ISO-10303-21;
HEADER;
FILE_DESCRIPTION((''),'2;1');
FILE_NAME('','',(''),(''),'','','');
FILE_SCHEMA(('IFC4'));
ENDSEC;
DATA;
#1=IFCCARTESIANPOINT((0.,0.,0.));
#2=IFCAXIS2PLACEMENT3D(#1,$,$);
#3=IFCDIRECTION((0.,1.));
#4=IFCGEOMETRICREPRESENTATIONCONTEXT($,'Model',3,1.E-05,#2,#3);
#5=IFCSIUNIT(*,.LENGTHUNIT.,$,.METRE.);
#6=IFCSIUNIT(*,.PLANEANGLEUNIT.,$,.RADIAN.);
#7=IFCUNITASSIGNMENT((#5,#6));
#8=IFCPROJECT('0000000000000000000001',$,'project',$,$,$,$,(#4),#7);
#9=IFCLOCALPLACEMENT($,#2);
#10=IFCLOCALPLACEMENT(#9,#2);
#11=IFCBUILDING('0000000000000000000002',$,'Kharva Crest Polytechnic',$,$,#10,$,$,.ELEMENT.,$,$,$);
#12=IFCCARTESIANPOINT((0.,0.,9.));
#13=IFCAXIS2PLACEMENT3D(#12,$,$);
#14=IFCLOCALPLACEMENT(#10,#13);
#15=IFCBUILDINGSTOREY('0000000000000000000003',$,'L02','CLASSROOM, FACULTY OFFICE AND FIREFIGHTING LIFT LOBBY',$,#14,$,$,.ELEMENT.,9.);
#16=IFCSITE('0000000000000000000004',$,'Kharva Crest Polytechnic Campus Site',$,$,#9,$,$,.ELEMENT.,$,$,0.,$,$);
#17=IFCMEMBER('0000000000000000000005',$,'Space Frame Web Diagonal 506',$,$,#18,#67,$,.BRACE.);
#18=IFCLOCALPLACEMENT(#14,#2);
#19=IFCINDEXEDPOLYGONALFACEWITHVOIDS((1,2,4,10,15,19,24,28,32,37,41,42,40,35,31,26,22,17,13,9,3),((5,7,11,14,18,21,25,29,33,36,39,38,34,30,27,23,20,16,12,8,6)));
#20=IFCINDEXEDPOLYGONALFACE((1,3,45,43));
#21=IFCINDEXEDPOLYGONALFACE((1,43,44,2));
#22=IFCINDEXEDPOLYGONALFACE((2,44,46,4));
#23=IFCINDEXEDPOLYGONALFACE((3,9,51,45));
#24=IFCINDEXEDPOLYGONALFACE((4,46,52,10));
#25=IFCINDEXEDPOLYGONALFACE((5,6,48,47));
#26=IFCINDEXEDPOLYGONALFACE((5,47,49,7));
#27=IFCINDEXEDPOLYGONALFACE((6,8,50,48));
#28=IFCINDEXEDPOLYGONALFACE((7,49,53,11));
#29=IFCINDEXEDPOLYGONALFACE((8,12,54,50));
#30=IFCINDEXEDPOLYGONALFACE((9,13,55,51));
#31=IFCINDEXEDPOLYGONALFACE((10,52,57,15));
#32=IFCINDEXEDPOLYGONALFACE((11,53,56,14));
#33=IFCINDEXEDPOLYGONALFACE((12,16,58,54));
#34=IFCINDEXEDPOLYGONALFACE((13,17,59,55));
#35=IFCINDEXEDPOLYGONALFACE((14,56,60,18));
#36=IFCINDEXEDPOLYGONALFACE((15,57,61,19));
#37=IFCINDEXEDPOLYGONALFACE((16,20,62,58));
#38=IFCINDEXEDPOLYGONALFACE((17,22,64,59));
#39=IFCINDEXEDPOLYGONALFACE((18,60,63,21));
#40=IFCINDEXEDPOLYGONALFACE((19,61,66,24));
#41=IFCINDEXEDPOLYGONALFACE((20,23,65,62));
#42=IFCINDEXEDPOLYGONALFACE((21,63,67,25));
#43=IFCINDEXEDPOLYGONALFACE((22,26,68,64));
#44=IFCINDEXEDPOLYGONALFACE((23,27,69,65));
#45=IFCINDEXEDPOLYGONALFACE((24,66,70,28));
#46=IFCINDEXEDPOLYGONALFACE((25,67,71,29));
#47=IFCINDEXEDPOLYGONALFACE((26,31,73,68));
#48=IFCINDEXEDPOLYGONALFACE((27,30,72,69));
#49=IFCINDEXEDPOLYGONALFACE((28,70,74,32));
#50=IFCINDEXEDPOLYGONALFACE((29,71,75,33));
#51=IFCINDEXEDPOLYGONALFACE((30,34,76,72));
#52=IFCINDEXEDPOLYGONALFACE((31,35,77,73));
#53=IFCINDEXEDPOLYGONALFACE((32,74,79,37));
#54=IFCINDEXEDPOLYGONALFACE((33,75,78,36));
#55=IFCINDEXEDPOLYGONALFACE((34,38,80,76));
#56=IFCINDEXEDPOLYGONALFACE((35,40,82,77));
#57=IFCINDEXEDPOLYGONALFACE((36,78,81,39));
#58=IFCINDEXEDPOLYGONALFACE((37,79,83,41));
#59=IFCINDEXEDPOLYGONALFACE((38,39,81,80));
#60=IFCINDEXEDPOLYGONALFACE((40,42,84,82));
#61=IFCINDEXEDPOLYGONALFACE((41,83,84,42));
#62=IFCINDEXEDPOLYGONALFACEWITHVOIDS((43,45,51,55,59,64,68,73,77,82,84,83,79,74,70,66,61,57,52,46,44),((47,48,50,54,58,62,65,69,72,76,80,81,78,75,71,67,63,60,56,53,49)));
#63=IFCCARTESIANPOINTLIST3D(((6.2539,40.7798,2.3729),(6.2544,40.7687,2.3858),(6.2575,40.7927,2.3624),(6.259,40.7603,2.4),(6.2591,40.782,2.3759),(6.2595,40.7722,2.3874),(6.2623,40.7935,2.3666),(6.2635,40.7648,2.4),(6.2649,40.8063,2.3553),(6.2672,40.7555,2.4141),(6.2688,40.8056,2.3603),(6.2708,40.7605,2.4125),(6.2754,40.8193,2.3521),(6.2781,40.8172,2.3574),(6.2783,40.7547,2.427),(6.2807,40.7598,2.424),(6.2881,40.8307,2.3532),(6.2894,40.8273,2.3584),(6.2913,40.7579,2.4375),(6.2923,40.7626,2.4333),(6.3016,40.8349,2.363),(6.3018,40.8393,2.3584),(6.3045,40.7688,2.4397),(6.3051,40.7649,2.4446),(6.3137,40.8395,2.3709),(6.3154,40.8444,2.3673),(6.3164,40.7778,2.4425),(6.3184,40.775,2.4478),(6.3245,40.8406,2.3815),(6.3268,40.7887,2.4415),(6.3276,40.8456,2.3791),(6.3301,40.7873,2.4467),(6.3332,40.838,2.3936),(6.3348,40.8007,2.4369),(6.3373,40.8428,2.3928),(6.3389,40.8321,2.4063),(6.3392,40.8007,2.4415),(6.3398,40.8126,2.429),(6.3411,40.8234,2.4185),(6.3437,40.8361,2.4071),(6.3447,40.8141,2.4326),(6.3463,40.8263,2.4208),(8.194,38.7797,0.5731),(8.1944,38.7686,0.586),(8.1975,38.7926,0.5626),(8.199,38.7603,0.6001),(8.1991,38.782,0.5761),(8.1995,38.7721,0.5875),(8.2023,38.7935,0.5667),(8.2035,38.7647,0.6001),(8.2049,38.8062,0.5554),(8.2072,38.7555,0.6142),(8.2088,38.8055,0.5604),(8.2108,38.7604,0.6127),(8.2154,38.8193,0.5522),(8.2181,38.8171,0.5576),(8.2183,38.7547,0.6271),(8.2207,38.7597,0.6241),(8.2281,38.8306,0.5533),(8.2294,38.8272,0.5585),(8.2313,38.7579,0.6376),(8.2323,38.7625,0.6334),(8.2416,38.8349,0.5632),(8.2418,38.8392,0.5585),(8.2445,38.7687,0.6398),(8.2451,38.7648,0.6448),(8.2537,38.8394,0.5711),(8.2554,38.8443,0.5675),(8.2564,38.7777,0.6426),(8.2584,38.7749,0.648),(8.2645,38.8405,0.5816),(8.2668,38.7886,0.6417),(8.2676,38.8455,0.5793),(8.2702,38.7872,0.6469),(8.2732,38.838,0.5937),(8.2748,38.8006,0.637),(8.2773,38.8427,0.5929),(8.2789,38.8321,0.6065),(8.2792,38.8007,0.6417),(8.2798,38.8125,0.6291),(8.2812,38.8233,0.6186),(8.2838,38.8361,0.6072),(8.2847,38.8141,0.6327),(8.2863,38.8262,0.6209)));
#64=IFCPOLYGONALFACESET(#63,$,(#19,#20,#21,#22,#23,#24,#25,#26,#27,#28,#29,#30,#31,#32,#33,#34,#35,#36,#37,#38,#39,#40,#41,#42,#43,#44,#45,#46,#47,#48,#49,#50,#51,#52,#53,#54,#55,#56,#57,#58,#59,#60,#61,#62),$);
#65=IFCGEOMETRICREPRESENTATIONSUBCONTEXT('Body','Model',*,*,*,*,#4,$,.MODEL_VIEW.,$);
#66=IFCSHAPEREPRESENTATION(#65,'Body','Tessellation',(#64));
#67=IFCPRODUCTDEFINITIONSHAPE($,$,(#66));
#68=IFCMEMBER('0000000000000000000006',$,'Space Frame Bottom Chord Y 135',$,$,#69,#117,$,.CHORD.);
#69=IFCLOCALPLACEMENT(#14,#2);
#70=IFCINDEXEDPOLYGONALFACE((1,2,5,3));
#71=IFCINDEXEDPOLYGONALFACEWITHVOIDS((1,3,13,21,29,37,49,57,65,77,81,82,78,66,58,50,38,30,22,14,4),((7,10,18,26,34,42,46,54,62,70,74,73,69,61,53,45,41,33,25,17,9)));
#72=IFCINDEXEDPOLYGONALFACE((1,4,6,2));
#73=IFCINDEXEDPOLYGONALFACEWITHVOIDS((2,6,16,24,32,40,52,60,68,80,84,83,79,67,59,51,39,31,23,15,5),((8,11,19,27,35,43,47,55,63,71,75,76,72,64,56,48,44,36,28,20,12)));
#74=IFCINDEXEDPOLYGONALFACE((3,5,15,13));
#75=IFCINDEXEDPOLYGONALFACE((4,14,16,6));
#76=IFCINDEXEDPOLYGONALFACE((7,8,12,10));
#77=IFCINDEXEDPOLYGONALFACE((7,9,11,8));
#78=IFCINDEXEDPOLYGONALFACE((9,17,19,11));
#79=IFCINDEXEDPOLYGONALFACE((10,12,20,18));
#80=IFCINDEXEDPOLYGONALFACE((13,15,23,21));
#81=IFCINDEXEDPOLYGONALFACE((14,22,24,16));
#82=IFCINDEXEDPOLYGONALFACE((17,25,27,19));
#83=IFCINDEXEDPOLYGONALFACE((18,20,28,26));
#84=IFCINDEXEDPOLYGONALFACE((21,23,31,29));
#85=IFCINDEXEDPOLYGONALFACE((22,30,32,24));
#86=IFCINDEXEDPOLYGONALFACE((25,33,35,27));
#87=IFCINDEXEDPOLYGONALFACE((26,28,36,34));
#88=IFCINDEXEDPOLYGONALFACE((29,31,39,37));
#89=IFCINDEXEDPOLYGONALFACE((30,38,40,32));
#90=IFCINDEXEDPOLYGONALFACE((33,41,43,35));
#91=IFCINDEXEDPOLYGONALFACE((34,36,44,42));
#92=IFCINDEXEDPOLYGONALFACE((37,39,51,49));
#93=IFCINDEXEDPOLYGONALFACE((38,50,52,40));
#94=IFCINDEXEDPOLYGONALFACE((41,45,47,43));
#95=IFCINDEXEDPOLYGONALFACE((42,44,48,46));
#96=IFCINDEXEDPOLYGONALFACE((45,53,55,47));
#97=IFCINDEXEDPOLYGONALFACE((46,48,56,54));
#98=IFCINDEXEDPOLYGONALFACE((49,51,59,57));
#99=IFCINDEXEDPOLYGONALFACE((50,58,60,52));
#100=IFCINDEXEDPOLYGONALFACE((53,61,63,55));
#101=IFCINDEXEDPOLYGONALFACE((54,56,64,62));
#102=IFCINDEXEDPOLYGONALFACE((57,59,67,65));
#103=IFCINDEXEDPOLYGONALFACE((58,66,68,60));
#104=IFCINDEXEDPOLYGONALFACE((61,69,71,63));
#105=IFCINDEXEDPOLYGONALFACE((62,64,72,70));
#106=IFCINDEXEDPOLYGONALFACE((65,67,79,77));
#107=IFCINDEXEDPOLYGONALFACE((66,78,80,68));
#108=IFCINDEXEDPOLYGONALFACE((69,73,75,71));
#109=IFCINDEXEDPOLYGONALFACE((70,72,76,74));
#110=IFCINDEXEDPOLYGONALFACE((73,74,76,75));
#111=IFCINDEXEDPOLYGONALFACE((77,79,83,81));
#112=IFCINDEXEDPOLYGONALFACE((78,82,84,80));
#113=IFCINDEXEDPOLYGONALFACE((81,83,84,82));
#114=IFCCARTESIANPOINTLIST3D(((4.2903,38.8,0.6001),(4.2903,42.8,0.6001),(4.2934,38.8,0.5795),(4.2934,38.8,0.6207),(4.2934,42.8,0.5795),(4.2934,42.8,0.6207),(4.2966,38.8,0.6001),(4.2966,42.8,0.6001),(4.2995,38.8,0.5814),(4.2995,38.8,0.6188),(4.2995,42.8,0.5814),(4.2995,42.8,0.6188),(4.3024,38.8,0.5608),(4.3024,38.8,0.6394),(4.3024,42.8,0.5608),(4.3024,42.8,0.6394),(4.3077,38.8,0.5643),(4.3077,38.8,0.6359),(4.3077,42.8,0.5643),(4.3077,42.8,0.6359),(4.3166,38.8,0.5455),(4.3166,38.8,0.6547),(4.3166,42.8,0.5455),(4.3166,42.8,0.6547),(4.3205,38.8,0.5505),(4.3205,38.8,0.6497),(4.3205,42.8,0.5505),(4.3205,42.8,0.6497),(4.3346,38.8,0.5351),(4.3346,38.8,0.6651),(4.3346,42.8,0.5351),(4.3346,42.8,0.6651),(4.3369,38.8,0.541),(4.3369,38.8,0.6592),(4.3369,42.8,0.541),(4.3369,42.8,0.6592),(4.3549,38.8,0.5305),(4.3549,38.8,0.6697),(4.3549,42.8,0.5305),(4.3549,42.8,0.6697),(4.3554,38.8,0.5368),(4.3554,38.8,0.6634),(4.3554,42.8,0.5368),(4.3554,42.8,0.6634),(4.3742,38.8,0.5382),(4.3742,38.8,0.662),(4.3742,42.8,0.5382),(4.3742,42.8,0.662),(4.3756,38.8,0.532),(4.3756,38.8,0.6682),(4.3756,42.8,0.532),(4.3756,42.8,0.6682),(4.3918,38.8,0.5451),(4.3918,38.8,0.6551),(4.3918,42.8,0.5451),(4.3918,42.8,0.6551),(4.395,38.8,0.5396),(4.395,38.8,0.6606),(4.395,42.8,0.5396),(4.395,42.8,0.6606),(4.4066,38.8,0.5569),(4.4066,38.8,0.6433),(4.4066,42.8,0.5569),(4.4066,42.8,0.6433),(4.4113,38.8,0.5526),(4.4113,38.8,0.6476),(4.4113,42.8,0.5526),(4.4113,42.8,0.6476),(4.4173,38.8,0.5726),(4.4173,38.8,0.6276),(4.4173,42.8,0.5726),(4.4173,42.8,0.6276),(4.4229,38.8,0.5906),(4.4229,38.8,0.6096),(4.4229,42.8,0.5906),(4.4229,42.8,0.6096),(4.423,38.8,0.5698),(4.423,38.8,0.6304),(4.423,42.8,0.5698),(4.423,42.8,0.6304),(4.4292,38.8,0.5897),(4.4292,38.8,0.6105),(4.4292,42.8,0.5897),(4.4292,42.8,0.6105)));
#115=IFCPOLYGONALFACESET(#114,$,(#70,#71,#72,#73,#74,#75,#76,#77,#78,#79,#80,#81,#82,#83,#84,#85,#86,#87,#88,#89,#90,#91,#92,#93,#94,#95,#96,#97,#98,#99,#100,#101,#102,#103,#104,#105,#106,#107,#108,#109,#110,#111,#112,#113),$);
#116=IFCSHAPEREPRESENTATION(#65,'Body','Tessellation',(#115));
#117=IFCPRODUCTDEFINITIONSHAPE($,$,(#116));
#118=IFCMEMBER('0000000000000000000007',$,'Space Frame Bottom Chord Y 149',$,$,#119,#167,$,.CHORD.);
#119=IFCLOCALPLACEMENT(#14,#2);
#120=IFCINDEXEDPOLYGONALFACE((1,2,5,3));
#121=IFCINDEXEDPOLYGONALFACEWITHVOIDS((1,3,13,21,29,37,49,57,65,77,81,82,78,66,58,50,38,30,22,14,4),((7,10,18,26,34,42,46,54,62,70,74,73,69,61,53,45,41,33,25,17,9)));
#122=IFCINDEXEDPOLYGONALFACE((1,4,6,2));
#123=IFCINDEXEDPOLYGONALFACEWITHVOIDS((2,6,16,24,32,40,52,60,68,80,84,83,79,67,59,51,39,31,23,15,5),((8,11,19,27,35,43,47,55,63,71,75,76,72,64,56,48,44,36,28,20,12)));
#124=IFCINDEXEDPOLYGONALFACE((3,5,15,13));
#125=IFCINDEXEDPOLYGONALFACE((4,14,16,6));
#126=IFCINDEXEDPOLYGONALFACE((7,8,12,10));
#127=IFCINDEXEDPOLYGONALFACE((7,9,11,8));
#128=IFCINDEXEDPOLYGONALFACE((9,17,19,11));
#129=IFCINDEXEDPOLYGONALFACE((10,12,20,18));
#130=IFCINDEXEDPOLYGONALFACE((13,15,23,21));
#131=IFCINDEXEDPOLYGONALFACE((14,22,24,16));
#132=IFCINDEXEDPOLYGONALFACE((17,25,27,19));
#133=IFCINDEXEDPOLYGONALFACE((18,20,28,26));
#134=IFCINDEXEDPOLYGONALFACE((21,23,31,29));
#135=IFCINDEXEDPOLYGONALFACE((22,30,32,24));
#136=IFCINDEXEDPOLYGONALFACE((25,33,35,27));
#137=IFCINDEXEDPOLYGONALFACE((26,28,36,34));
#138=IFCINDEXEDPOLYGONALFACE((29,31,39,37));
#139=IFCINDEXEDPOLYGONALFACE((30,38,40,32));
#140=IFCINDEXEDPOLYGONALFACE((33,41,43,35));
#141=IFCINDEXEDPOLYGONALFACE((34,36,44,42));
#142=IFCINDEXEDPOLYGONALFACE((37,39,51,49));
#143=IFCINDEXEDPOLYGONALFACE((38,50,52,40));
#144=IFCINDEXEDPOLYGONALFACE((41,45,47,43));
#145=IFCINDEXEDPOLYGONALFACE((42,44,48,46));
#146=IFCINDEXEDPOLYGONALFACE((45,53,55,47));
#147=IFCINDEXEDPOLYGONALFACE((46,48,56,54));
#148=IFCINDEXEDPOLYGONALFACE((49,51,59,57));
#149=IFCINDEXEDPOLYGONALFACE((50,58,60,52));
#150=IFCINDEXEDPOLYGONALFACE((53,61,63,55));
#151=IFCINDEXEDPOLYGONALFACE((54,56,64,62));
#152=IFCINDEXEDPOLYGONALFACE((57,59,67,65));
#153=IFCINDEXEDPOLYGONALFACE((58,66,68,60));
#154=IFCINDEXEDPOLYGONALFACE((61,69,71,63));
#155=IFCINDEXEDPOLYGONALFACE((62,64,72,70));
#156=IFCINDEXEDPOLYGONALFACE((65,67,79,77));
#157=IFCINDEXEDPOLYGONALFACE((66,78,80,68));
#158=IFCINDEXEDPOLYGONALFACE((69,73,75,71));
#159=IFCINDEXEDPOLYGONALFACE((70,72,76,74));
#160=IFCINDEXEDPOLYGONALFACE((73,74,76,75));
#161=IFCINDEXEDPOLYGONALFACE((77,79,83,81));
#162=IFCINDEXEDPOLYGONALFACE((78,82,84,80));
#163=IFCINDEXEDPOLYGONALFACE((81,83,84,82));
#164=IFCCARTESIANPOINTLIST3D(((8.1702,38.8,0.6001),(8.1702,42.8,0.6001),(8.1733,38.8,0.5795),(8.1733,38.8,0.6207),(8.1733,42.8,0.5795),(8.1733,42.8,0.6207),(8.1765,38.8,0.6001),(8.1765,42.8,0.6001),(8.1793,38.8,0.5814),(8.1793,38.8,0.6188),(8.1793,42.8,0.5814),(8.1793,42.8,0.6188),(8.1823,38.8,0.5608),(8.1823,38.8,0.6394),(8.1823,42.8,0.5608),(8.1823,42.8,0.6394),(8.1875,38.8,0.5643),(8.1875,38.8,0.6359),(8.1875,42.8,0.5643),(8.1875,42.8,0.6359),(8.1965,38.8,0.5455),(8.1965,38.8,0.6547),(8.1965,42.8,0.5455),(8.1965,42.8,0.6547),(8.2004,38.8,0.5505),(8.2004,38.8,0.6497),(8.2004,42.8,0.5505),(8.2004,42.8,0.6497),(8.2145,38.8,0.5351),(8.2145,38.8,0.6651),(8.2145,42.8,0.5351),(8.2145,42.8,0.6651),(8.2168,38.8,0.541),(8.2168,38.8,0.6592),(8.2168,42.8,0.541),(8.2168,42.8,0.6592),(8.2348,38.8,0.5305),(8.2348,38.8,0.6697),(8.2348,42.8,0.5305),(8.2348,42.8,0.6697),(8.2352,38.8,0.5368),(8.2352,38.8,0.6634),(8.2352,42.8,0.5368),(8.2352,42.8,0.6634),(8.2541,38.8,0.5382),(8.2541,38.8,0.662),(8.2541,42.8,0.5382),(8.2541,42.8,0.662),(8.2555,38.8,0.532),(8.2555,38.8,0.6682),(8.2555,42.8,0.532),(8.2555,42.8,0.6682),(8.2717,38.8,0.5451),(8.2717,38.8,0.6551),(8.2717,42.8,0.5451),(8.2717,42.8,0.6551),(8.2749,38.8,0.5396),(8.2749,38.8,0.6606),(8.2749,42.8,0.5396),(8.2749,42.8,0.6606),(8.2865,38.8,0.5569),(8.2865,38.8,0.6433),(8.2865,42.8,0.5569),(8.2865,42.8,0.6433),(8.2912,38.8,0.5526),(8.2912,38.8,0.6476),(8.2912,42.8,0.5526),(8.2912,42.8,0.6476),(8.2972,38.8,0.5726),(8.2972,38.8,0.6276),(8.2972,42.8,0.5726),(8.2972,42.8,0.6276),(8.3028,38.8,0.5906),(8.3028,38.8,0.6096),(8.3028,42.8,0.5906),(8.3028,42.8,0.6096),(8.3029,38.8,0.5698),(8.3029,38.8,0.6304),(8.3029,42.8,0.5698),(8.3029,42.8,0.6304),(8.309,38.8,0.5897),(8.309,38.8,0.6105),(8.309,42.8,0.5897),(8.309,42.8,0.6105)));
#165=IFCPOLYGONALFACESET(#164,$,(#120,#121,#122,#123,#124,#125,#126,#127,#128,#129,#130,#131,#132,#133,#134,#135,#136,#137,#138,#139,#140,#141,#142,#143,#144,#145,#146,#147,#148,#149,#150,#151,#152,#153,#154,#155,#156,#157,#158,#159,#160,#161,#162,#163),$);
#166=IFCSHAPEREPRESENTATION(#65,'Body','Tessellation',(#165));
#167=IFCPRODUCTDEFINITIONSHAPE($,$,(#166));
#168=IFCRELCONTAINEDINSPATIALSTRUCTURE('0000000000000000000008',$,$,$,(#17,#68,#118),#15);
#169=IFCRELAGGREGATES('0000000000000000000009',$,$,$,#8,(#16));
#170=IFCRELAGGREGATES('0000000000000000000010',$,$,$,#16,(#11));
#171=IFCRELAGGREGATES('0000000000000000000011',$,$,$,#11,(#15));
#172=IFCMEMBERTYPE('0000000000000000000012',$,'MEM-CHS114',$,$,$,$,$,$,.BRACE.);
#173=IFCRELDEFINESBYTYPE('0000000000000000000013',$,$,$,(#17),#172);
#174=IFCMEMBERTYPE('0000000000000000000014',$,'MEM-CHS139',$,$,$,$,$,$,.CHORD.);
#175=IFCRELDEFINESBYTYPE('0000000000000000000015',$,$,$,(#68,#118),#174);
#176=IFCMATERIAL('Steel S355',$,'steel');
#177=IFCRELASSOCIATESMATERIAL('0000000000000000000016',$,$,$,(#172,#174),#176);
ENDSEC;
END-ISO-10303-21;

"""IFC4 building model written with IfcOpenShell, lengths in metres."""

from ifc_helpers import new_model, si_unit, direction, frame, origin, origin_2d, place, context, subcontext, project, spatial, hollow_circle, extrude, material, material_profile, profile_set, type_object, element, save


model = new_model("IFC4")

# Units and contexts
model_context = context("Model", 3, precision=1e-05, world=origin(), true_north=direction((0.0, 1.0)))
body_context = subcontext(model_context, "Body", "Model", "MODEL_VIEW")
ifc_project = project(units=[si_unit("LENGTHUNIT", "METRE"), si_unit("PLANEANGLEUNIT", "RADIAN")], contexts=[model_context])

# Site, building, storey
site_placement = place(None, origin())
site = spatial("IfcSite", under=ifc_project, at=site_placement, Name="Kharva Crest Polytechnic Campus Site", CompositionType="ELEMENT", RefElevation=0.0)
building_placement = place(site_placement, origin())
building = spatial("IfcBuilding", under=site, at=building_placement, Name="Kharva Crest Polytechnic", CompositionType="ELEMENT")
storey_placement = place(building_placement, frame((0.0, 0.0, 9.0)))
storey = spatial("IfcBuildingStorey", under=building, at=storey_placement, Name="L02", Description="CLASSROOM, FACULTY OFFICE AND FIREFIGHTING LIFT LOBBY", CompositionType="ELEMENT", Elevation=9.0)

# Shared definitions
ifc_material_1 = material(Name="Steel S355", Category="steel")

# Members
ifc_material_profile_1 = material_profile(ifc_material_1, hollow_circle(Radius=0.0571, WallThickness=0.0063, at=origin_2d()), Name="CHS 114.3X6.3")
ifc_profile_set_1 = profile_set([ifc_material_profile_1], Name="Steel S355")
member_type_1 = type_object("IfcMemberType", Name="MEM-CHS114", PredefinedType="BRACE", material=ifc_profile_set_1)
for number, where, z_axis, x_axis, name in (
    (1, (8.24, 38.8, 0.6001), (-0.584843, 0.60295, 0.542596), (-0.717802, -0.696247, 0.0), "Space Frame Web Diagonal 506"),
):
    element("IfcMember", number, at=place(storey_placement, frame(where, z_axis=z_axis, x_axis=x_axis)), inside=storey, type_object=member_type_1, Name=name, PredefinedType="BRACE", context=body_context, shape_type="SweptSolid", body=[
        extrude(hollow_circle(Radius=0.0571, WallThickness=0.0063, at=origin_2d()), origin(), (0.0, 0.0, 1.0), 3.3171),
    ])
ifc_material_profile_2 = material_profile(ifc_material_1, hollow_circle(Radius=0.0698, WallThickness=0.0063, at=origin_2d()), Name="CHS 139.7X6.3")
ifc_profile_set_2 = profile_set([ifc_material_profile_2], Name="Steel S355")
member_type_2 = type_object("IfcMemberType", Name="MEM-CHS139", PredefinedType="CHORD", material=ifc_profile_set_2)
for number, where, z_axis, x_axis, name in (
    (2, (4.3601, 38.8, 0.6001), (0.0, 1.0, 0.0), (-1.0, 0.0, 0.0), "Space Frame Bottom Chord Y 135"),
    (3, (8.24, 38.8, 0.6001), (0.0, 1.0, 0.0), (-1.0, 0.0, 0.0), "Space Frame Bottom Chord Y 149"),
):
    element("IfcMember", number, at=place(storey_placement, frame(where, z_axis=z_axis, x_axis=x_axis)), inside=storey, type_object=member_type_2, Name=name, PredefinedType="CHORD", context=body_context, shape_type="SweptSolid", body=[
        extrude(hollow_circle(Radius=0.0698, WallThickness=0.0063, at=origin_2d()), origin(), (0.0, 0.0, 1.0), 4.0),
    ])

save(model, "model.ifc")
